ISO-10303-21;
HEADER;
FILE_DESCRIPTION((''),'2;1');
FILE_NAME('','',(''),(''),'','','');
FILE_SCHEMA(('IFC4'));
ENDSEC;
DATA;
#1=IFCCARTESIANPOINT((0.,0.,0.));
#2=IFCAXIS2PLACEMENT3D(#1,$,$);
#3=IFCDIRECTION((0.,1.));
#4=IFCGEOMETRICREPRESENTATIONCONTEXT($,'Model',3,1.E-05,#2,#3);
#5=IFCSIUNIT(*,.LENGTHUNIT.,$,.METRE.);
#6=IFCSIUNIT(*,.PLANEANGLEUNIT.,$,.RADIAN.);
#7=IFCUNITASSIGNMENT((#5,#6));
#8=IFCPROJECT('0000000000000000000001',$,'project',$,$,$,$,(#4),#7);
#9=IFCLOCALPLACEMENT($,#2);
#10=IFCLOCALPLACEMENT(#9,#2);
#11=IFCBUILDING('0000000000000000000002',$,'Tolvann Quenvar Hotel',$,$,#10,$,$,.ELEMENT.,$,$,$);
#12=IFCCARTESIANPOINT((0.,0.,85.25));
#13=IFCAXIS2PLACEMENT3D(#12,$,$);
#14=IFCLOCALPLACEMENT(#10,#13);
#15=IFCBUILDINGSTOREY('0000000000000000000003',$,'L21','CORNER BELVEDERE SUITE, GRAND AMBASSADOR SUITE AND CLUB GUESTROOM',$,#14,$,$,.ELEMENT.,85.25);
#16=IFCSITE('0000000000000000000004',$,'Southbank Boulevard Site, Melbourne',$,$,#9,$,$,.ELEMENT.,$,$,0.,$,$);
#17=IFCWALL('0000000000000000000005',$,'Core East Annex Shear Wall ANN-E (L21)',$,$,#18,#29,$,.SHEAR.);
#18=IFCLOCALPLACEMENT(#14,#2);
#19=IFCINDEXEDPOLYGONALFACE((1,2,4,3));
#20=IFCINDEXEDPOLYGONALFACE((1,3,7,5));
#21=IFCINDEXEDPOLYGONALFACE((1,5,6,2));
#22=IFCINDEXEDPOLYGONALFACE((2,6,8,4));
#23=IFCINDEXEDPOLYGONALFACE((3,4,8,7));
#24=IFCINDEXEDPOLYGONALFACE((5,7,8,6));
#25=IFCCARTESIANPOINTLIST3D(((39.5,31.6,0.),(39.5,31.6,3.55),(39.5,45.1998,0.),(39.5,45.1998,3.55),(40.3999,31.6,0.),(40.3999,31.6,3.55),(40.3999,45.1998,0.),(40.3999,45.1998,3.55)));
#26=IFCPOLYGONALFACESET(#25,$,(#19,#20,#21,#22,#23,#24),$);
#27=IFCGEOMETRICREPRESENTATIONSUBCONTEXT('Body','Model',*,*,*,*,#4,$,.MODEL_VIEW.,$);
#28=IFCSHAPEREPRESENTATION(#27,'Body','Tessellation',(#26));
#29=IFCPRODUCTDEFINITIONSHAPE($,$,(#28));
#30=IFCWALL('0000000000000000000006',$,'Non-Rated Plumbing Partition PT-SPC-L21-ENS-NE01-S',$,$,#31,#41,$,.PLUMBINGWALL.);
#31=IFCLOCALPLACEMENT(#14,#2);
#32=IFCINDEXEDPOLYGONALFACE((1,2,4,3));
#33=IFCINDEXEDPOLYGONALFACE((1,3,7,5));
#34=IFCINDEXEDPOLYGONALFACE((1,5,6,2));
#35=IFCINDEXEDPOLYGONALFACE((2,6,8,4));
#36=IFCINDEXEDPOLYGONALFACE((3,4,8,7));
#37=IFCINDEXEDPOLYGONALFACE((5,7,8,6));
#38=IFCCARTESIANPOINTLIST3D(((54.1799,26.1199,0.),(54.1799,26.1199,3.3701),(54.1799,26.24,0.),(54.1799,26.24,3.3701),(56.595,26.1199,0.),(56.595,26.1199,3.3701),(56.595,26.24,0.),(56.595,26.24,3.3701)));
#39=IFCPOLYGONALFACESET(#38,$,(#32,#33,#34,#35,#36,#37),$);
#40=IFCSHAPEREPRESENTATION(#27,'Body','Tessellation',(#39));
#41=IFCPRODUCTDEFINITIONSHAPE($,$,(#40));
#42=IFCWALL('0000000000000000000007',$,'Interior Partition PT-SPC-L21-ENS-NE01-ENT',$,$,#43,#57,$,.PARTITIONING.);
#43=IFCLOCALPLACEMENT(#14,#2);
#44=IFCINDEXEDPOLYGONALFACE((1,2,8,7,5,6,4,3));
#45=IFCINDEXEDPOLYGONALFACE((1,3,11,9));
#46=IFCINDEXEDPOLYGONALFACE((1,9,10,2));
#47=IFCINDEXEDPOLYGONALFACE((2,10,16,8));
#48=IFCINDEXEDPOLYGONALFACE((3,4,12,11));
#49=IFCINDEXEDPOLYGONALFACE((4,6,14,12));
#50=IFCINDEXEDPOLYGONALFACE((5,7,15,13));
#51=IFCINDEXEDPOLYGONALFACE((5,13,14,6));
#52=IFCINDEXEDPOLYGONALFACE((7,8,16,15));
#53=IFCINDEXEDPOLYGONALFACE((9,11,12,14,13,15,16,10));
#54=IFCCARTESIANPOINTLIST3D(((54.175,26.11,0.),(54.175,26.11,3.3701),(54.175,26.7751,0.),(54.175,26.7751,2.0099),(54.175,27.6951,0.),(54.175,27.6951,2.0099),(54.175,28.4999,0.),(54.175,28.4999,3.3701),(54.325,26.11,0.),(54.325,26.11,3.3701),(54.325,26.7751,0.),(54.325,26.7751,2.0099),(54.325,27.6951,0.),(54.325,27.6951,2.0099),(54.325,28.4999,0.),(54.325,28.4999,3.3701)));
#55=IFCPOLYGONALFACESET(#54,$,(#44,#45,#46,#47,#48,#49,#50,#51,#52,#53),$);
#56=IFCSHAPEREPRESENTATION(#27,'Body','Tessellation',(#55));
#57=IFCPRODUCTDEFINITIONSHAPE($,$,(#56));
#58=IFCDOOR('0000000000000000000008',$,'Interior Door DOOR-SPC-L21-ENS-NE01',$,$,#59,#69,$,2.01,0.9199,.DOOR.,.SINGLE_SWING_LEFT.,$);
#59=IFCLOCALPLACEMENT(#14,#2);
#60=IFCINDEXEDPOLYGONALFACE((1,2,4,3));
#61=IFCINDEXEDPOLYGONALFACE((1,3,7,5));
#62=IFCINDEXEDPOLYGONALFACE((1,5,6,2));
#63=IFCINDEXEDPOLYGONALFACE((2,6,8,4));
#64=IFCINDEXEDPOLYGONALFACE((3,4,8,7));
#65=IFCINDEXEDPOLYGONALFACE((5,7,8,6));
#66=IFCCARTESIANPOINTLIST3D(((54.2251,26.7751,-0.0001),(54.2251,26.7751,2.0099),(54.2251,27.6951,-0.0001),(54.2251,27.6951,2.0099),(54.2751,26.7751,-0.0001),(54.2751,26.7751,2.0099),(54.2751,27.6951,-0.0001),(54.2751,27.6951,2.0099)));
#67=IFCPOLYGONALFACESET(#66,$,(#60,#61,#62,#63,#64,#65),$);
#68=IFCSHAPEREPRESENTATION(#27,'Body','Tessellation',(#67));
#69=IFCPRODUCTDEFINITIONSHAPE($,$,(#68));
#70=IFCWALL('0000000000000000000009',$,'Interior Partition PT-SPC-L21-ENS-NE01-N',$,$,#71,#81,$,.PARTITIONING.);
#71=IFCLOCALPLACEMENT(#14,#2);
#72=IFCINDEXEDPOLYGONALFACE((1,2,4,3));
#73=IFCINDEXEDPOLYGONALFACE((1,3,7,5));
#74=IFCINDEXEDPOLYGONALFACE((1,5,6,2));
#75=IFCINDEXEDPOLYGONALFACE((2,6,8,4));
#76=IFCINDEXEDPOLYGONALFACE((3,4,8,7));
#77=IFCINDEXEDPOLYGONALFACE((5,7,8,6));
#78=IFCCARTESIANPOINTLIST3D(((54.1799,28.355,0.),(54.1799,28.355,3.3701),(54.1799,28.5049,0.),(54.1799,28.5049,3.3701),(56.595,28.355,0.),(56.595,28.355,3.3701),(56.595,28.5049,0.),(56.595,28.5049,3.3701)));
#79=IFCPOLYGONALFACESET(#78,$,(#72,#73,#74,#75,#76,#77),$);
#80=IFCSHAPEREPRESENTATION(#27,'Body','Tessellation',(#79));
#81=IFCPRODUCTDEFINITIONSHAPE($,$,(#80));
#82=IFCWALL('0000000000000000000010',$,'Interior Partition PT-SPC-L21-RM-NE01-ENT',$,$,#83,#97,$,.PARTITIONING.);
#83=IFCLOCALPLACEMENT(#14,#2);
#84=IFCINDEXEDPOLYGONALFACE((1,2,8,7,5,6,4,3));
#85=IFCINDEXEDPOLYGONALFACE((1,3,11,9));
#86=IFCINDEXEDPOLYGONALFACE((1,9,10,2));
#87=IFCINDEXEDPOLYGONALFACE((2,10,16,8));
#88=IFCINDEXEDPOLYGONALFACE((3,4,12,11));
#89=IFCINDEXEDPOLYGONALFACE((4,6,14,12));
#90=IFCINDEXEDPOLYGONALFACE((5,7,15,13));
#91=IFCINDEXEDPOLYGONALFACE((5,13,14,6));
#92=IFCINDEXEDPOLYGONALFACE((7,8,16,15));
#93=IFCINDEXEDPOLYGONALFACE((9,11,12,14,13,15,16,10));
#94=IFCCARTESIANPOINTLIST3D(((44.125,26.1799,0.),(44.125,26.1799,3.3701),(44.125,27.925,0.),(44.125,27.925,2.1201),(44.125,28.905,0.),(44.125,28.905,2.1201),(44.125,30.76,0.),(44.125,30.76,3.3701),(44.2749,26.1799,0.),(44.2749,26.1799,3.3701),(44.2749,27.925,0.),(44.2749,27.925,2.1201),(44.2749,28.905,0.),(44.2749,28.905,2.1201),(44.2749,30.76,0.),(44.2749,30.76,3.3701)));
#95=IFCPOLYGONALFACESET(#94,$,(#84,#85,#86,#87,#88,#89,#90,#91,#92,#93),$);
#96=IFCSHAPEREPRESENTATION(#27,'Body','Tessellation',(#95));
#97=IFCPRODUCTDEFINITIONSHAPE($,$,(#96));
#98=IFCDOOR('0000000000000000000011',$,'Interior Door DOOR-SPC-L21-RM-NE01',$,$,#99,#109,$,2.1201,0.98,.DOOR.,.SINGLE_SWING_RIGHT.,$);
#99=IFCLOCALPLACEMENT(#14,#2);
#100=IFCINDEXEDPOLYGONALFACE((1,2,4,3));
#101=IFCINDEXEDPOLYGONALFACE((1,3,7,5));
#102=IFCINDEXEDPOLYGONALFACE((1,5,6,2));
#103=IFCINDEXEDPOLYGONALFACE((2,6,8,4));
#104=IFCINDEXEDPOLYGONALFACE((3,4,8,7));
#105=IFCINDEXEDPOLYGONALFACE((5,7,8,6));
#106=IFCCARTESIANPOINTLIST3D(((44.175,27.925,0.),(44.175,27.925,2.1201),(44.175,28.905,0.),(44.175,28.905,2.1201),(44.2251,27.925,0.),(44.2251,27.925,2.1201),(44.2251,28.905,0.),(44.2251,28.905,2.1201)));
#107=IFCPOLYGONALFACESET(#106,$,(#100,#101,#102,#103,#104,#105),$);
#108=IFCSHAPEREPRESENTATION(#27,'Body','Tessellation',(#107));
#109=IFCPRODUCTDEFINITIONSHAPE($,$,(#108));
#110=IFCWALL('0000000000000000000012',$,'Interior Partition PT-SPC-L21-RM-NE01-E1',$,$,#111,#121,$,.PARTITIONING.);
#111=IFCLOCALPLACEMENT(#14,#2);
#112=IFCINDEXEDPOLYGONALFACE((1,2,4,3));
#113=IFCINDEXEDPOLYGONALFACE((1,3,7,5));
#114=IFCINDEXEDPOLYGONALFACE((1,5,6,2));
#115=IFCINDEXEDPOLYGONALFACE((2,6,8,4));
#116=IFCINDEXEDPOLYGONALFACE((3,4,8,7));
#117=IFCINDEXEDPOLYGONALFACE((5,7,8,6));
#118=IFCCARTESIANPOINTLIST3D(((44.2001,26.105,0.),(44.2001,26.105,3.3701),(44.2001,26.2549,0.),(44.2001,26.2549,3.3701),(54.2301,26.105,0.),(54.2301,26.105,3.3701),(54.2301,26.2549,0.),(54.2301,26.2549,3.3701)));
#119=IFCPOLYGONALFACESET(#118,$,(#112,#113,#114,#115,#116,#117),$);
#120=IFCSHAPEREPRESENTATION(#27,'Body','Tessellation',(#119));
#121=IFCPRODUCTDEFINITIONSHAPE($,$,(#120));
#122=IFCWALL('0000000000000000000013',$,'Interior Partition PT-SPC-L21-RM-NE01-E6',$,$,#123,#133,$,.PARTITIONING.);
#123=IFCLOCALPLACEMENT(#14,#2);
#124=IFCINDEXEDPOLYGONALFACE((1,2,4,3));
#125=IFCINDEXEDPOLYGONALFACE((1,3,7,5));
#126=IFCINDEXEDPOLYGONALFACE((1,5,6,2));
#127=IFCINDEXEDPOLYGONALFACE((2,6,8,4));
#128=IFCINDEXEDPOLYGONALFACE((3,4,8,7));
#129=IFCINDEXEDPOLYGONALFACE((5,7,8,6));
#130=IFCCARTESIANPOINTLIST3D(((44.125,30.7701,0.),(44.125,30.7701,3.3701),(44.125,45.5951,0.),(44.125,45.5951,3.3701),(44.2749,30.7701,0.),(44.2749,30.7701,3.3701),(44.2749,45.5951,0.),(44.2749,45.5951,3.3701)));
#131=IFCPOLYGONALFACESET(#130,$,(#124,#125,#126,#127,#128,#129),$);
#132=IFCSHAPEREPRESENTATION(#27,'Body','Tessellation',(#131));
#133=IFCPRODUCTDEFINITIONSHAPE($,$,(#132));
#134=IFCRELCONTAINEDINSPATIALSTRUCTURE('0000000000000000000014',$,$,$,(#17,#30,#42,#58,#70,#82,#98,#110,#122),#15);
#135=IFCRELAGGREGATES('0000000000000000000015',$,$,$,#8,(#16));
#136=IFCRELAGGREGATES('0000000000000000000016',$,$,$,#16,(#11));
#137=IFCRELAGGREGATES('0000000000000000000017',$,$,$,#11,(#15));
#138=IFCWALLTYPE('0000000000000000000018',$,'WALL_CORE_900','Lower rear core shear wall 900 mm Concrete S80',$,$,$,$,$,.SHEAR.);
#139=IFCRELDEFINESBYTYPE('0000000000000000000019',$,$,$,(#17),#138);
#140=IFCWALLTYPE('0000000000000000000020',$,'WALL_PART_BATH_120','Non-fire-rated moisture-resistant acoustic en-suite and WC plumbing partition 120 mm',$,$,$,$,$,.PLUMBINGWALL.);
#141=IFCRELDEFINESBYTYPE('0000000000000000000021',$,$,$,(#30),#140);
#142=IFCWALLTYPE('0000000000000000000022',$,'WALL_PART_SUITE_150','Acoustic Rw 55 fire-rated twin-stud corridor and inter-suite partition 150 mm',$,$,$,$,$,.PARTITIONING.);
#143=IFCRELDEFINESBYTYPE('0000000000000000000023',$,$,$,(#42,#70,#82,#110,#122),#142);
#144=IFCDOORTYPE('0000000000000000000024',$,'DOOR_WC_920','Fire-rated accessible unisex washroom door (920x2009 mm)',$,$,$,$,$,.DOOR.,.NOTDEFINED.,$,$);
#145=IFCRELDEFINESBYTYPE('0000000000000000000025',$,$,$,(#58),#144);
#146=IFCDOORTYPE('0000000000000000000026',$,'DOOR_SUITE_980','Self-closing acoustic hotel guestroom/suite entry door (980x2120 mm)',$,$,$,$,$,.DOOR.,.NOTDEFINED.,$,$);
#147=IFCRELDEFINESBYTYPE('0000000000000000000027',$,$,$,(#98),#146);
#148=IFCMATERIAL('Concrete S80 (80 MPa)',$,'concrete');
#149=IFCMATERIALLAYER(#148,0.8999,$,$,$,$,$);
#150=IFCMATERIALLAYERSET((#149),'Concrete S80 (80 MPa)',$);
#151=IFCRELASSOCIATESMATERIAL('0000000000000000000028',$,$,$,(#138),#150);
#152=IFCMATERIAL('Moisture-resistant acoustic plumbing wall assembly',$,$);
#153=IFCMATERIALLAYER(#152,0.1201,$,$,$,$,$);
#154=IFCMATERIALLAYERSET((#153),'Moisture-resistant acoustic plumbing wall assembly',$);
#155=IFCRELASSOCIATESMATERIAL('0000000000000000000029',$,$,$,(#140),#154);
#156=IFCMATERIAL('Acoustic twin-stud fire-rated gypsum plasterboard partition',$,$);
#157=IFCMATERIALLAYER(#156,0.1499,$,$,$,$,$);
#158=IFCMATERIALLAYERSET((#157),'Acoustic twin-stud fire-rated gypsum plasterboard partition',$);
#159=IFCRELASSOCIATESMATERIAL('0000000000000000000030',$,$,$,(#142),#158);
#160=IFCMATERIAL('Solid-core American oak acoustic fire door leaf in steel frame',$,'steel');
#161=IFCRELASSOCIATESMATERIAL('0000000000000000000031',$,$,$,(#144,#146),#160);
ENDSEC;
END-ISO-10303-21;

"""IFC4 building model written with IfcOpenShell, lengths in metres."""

from ifc_helpers import new_model, si_unit, direction, frame, frame_2d, origin, place, context, subcontext, project, spatial, rectangle, extrude, source, transform, mapped, material, layer, layer_set, type_object, type_shapes, element, fill, save


model = new_model("IFC4")

# Units and contexts
model_context = context("Model", 3, precision=1e-05, world=origin(), true_north=direction((0.0, 1.0)))
body_context = subcontext(model_context, "Body", "Model", "MODEL_VIEW")
ifc_project = project(units=[si_unit("LENGTHUNIT", "METRE"), si_unit("PLANEANGLEUNIT", "RADIAN")], contexts=[model_context])

# Site, building, storey
site_placement = place(None, origin())
site = spatial("IfcSite", under=ifc_project, at=site_placement, Name="Southbank Boulevard Site, Melbourne", CompositionType="ELEMENT", RefElevation=0.0)
building_placement = place(site_placement, origin())
building = spatial("IfcBuilding", under=site, at=building_placement, Name="Tolvann Quenvar Hotel", CompositionType="ELEMENT")
storey_placement = place(building_placement, frame((0.0, 0.0, 85.25)))
storey = spatial("IfcBuildingStorey", under=building, at=storey_placement, Name="L21", Description="CORNER BELVEDERE SUITE, GRAND AMBASSADOR SUITE AND CLUB GUESTROOM", CompositionType="ELEMENT", Elevation=85.25)

# Walls
ifc_material_1 = material(Name="Concrete S80 (80 MPa)", Category="concrete")
ifc_layer_1 = layer(ifc_material_1, 0.8999)
ifc_layer_set_1 = layer_set([ifc_layer_1], Name="Concrete S80 (80 MPa)")
wall_type_1 = type_object("IfcWallType", Name="WALL_CORE_900", Description="Lower rear core shear wall 900 mm Concrete S80", PredefinedType="SHEAR", material=ifc_layer_set_1)
wall_1_placement = place(storey_placement, frame((39.95, 31.6001, 0.0), z_axis=(0.0, 0.0, 1.0), x_axis=(0.0, 1.0, 0.0)))
element("IfcWall", 1, at=wall_1_placement, inside=storey, type_object=wall_type_1, Name="Core East Annex Shear Wall ANN-E (L21)", PredefinedType="SHEAR", context=body_context, shape_type="SweptSolid", body=[
    extrude(rectangle(XDim=13.5999, YDim=0.8999, at=frame_2d((6.7998, 0.0))), origin(), (0.0, 0.0, 1.0), 3.55),
])
ifc_material_2 = material(Name="Moisture-resistant acoustic plumbing wall assembly")
ifc_layer_2 = layer(ifc_material_2, 0.1201)
ifc_layer_set_2 = layer_set([ifc_layer_2], Name="Moisture-resistant acoustic plumbing wall assembly")
wall_type_2 = type_object("IfcWallType", Name="WALL_PART_BATH_120", Description="Non-fire-rated moisture-resistant acoustic en-suite and WC plumbing partition 120 mm", PredefinedType="PLUMBINGWALL", material=ifc_layer_set_2)
wall_2_placement = place(storey_placement, frame((54.1799, 26.1799, 0.0), z_axis=(0.0, 0.0, 1.0), x_axis=(1.0, 0.0, 0.0)))
element("IfcWall", 2, at=wall_2_placement, inside=storey, type_object=wall_type_2, Name="Non-Rated Plumbing Partition PT-SPC-L21-ENS-NE01-S", PredefinedType="PLUMBINGWALL", context=body_context, shape_type="SweptSolid", body=[
    extrude(rectangle(XDim=2.415, YDim=0.1201, at=frame_2d((1.2075, 0.0))), origin(), (0.0, 0.0, 1.0), 3.3701),
])

# Wall, opening, door
ifc_material_3 = material(Name="Acoustic twin-stud fire-rated gypsum plasterboard partition")
ifc_layer_3 = layer(ifc_material_3, 0.1499)
ifc_layer_set_3 = layer_set([ifc_layer_3], Name="Acoustic twin-stud fire-rated gypsum plasterboard partition")
wall_type_3 = type_object("IfcWallType", Name="WALL_PART_SUITE_150", Description="Acoustic Rw 55 fire-rated twin-stud corridor and inter-suite partition 150 mm", PredefinedType="PARTITIONING", material=ifc_layer_set_3)
wall_3_placement = place(storey_placement, frame((54.25, 26.1101, 0.0), z_axis=(0.0, 0.0, 1.0), x_axis=(0.0, 1.0, 0.0)))
wall_3 = element("IfcWall", 3, at=wall_3_placement, inside=storey, type_object=wall_type_3, Name="Interior Partition PT-SPC-L21-ENS-NE01-ENT", PredefinedType="PARTITIONING", context=body_context, shape_type="SweptSolid", body=[
    extrude(rectangle(XDim=2.3899, YDim=0.1499, at=frame_2d((1.1948, 0.0))), origin(), (0.0, 0.0, 1.0), 3.3701),
])
opening_1_placement = place(wall_3_placement, frame((0.665, 0.0, 0.0)))
opening_1 = element("IfcOpeningElement", 4, at=opening_1_placement, cuts=wall_3, PredefinedType="OPENING", context=body_context, shape_type="SweptSolid", body=[
    extrude(rectangle(XDim=0.9199, YDim=2.01, at=frame_2d((0.46, 1.0049))), frame((0.0, 0.085, 0.0), z_axis=(0.0, -1.0, 0.0), x_axis=(1.0, 0.0, 0.0)), (0.0, 0.0, 1.0), 0.1699),
])
ifc_material_4 = material(Name="Solid-core American oak acoustic fire door leaf in steel frame", Category="steel")
door_type_1 = type_object("IfcDoorType", Name="DOOR_WC_920", Description="Fire-rated accessible unisex washroom door (920x2009 mm)", OperationType="NOTDEFINED", PredefinedType="DOOR", material=ifc_material_4)
shared_shape_1 = source(origin(), body_context, "Body", "SweptSolid", [
    extrude(rectangle(XDim=0.9199, YDim=2.01, at=frame_2d((0.46, 1.0049))), frame((0.0, 0.0249, 0.0), z_axis=(0.0, -1.0, 0.0), x_axis=(1.0, 0.0, 0.0)), (0.0, 0.0, 1.0), 0.05),
])
type_shapes(door_type_1, [shared_shape_1])
door_1_placement = place(opening_1_placement, origin())
door_1 = element("IfcDoor", 5, at=door_1_placement, inside=storey, type_object=door_type_1, Name="Interior Door DOOR-SPC-L21-ENS-NE01", OperationType="SINGLE_SWING_LEFT", OverallHeight=2.01, OverallWidth=0.9199, PredefinedType="DOOR", context=body_context, shape_type="MappedRepresentation", body=[
    mapped(shared_shape_1, transform((0.0, 0.0, 0.0), x_axis=(1.0, 0.0, 0.0), y_axis=(0.0, 1.0, 0.0), z_axis=(0.0, 0.0, 1.0), scale=1.0)),
])
fill(opening_1, door_1)

# Wall
wall_4_placement = place(storey_placement, frame((54.1799, 28.4299, 0.0), z_axis=(0.0, 0.0, 1.0), x_axis=(1.0, 0.0, 0.0)))
element("IfcWall", 6, at=wall_4_placement, inside=storey, type_object=wall_type_3, Name="Interior Partition PT-SPC-L21-ENS-NE01-N", PredefinedType="PARTITIONING", context=body_context, shape_type="SweptSolid", body=[
    extrude(rectangle(XDim=2.415, YDim=0.1499, at=frame_2d((1.2075, 0.0))), origin(), (0.0, 0.0, 1.0), 3.3701),
])

# Wall, opening, door
wall_5_placement = place(storey_placement, frame((44.2, 26.1799, 0.0), z_axis=(0.0, 0.0, 1.0), x_axis=(0.0, 1.0, 0.0)))
wall_5 = element("IfcWall", 7, at=wall_5_placement, inside=storey, type_object=wall_type_3, Name="Interior Partition PT-SPC-L21-RM-NE01-ENT", PredefinedType="PARTITIONING", context=body_context, shape_type="SweptSolid", body=[
    extrude(rectangle(XDim=4.5801, YDim=0.1499, at=frame_2d((2.29, 0.0))), origin(), (0.0, 0.0, 1.0), 3.3701),
])
opening_2_placement = place(wall_5_placement, frame((1.7451, 0.0, 0.0)))
opening_2 = element("IfcOpeningElement", 8, at=opening_2_placement, cuts=wall_5, PredefinedType="OPENING", context=body_context, shape_type="SweptSolid", body=[
    extrude(rectangle(XDim=0.98, YDim=2.1201, at=frame_2d((0.49, 1.0601))), frame((0.0, 0.085, 0.0), z_axis=(0.0, -1.0, 0.0), x_axis=(1.0, 0.0, 0.0)), (0.0, 0.0, 1.0), 0.1699),
])
door_type_2 = type_object("IfcDoorType", Name="DOOR_SUITE_980", Description="Self-closing acoustic hotel guestroom/suite entry door (980x2120 mm)", OperationType="NOTDEFINED", PredefinedType="DOOR", material=ifc_material_4)
shared_shape_2 = source(origin(), body_context, "Body", "SweptSolid", [
    extrude(rectangle(XDim=0.98, YDim=2.1201, at=frame_2d((0.49, 1.0601))), frame((0.0, 0.0249, 0.0), z_axis=(0.0, -1.0, 0.0), x_axis=(1.0, 0.0, 0.0)), (0.0, 0.0, 1.0), 0.05),
])
type_shapes(door_type_2, [shared_shape_2])
door_2_placement = place(opening_2_placement, origin())
door_2 = element("IfcDoor", 9, at=door_2_placement, inside=storey, type_object=door_type_2, Name="Interior Door DOOR-SPC-L21-RM-NE01", OperationType="SINGLE_SWING_RIGHT", OverallHeight=2.1201, OverallWidth=0.98, PredefinedType="DOOR", context=body_context, shape_type="MappedRepresentation", body=[
    mapped(shared_shape_2, transform((0.0, 0.0, 0.0), x_axis=(1.0, 0.0, 0.0), y_axis=(0.0, 1.0, 0.0), z_axis=(0.0, 0.0, 1.0), scale=1.0)),
])
fill(opening_2, door_2)

# Walls
wall_6_placement = place(storey_placement, frame((44.2, 26.1799, 0.0), z_axis=(0.0, 0.0, 1.0), x_axis=(1.0, 0.0, 0.0)))
element("IfcWall", 10, at=wall_6_placement, inside=storey, type_object=wall_type_3, Name="Interior Partition PT-SPC-L21-RM-NE01-E1", PredefinedType="PARTITIONING", context=body_context, shape_type="SweptSolid", body=[
    extrude(rectangle(XDim=10.03, YDim=0.1499, at=frame_2d((5.0151, 0.0))), origin(), (0.0, 0.0, 1.0), 3.3701),
])
wall_7_placement = place(storey_placement, frame((44.2, 30.77, 0.0), z_axis=(0.0, 0.0, 1.0), x_axis=(0.0, 1.0, 0.0)))
element("IfcWall", 11, at=wall_7_placement, inside=storey, type_object=wall_type_3, Name="Interior Partition PT-SPC-L21-RM-NE01-E6", PredefinedType="PARTITIONING", context=body_context, shape_type="SweptSolid", body=[
    extrude(rectangle(XDim=14.825, YDim=0.1499, at=frame_2d((7.4126, 0.0))), origin(), (0.0, 0.0, 1.0), 3.3701),
])

save(model, "model.ifc")
